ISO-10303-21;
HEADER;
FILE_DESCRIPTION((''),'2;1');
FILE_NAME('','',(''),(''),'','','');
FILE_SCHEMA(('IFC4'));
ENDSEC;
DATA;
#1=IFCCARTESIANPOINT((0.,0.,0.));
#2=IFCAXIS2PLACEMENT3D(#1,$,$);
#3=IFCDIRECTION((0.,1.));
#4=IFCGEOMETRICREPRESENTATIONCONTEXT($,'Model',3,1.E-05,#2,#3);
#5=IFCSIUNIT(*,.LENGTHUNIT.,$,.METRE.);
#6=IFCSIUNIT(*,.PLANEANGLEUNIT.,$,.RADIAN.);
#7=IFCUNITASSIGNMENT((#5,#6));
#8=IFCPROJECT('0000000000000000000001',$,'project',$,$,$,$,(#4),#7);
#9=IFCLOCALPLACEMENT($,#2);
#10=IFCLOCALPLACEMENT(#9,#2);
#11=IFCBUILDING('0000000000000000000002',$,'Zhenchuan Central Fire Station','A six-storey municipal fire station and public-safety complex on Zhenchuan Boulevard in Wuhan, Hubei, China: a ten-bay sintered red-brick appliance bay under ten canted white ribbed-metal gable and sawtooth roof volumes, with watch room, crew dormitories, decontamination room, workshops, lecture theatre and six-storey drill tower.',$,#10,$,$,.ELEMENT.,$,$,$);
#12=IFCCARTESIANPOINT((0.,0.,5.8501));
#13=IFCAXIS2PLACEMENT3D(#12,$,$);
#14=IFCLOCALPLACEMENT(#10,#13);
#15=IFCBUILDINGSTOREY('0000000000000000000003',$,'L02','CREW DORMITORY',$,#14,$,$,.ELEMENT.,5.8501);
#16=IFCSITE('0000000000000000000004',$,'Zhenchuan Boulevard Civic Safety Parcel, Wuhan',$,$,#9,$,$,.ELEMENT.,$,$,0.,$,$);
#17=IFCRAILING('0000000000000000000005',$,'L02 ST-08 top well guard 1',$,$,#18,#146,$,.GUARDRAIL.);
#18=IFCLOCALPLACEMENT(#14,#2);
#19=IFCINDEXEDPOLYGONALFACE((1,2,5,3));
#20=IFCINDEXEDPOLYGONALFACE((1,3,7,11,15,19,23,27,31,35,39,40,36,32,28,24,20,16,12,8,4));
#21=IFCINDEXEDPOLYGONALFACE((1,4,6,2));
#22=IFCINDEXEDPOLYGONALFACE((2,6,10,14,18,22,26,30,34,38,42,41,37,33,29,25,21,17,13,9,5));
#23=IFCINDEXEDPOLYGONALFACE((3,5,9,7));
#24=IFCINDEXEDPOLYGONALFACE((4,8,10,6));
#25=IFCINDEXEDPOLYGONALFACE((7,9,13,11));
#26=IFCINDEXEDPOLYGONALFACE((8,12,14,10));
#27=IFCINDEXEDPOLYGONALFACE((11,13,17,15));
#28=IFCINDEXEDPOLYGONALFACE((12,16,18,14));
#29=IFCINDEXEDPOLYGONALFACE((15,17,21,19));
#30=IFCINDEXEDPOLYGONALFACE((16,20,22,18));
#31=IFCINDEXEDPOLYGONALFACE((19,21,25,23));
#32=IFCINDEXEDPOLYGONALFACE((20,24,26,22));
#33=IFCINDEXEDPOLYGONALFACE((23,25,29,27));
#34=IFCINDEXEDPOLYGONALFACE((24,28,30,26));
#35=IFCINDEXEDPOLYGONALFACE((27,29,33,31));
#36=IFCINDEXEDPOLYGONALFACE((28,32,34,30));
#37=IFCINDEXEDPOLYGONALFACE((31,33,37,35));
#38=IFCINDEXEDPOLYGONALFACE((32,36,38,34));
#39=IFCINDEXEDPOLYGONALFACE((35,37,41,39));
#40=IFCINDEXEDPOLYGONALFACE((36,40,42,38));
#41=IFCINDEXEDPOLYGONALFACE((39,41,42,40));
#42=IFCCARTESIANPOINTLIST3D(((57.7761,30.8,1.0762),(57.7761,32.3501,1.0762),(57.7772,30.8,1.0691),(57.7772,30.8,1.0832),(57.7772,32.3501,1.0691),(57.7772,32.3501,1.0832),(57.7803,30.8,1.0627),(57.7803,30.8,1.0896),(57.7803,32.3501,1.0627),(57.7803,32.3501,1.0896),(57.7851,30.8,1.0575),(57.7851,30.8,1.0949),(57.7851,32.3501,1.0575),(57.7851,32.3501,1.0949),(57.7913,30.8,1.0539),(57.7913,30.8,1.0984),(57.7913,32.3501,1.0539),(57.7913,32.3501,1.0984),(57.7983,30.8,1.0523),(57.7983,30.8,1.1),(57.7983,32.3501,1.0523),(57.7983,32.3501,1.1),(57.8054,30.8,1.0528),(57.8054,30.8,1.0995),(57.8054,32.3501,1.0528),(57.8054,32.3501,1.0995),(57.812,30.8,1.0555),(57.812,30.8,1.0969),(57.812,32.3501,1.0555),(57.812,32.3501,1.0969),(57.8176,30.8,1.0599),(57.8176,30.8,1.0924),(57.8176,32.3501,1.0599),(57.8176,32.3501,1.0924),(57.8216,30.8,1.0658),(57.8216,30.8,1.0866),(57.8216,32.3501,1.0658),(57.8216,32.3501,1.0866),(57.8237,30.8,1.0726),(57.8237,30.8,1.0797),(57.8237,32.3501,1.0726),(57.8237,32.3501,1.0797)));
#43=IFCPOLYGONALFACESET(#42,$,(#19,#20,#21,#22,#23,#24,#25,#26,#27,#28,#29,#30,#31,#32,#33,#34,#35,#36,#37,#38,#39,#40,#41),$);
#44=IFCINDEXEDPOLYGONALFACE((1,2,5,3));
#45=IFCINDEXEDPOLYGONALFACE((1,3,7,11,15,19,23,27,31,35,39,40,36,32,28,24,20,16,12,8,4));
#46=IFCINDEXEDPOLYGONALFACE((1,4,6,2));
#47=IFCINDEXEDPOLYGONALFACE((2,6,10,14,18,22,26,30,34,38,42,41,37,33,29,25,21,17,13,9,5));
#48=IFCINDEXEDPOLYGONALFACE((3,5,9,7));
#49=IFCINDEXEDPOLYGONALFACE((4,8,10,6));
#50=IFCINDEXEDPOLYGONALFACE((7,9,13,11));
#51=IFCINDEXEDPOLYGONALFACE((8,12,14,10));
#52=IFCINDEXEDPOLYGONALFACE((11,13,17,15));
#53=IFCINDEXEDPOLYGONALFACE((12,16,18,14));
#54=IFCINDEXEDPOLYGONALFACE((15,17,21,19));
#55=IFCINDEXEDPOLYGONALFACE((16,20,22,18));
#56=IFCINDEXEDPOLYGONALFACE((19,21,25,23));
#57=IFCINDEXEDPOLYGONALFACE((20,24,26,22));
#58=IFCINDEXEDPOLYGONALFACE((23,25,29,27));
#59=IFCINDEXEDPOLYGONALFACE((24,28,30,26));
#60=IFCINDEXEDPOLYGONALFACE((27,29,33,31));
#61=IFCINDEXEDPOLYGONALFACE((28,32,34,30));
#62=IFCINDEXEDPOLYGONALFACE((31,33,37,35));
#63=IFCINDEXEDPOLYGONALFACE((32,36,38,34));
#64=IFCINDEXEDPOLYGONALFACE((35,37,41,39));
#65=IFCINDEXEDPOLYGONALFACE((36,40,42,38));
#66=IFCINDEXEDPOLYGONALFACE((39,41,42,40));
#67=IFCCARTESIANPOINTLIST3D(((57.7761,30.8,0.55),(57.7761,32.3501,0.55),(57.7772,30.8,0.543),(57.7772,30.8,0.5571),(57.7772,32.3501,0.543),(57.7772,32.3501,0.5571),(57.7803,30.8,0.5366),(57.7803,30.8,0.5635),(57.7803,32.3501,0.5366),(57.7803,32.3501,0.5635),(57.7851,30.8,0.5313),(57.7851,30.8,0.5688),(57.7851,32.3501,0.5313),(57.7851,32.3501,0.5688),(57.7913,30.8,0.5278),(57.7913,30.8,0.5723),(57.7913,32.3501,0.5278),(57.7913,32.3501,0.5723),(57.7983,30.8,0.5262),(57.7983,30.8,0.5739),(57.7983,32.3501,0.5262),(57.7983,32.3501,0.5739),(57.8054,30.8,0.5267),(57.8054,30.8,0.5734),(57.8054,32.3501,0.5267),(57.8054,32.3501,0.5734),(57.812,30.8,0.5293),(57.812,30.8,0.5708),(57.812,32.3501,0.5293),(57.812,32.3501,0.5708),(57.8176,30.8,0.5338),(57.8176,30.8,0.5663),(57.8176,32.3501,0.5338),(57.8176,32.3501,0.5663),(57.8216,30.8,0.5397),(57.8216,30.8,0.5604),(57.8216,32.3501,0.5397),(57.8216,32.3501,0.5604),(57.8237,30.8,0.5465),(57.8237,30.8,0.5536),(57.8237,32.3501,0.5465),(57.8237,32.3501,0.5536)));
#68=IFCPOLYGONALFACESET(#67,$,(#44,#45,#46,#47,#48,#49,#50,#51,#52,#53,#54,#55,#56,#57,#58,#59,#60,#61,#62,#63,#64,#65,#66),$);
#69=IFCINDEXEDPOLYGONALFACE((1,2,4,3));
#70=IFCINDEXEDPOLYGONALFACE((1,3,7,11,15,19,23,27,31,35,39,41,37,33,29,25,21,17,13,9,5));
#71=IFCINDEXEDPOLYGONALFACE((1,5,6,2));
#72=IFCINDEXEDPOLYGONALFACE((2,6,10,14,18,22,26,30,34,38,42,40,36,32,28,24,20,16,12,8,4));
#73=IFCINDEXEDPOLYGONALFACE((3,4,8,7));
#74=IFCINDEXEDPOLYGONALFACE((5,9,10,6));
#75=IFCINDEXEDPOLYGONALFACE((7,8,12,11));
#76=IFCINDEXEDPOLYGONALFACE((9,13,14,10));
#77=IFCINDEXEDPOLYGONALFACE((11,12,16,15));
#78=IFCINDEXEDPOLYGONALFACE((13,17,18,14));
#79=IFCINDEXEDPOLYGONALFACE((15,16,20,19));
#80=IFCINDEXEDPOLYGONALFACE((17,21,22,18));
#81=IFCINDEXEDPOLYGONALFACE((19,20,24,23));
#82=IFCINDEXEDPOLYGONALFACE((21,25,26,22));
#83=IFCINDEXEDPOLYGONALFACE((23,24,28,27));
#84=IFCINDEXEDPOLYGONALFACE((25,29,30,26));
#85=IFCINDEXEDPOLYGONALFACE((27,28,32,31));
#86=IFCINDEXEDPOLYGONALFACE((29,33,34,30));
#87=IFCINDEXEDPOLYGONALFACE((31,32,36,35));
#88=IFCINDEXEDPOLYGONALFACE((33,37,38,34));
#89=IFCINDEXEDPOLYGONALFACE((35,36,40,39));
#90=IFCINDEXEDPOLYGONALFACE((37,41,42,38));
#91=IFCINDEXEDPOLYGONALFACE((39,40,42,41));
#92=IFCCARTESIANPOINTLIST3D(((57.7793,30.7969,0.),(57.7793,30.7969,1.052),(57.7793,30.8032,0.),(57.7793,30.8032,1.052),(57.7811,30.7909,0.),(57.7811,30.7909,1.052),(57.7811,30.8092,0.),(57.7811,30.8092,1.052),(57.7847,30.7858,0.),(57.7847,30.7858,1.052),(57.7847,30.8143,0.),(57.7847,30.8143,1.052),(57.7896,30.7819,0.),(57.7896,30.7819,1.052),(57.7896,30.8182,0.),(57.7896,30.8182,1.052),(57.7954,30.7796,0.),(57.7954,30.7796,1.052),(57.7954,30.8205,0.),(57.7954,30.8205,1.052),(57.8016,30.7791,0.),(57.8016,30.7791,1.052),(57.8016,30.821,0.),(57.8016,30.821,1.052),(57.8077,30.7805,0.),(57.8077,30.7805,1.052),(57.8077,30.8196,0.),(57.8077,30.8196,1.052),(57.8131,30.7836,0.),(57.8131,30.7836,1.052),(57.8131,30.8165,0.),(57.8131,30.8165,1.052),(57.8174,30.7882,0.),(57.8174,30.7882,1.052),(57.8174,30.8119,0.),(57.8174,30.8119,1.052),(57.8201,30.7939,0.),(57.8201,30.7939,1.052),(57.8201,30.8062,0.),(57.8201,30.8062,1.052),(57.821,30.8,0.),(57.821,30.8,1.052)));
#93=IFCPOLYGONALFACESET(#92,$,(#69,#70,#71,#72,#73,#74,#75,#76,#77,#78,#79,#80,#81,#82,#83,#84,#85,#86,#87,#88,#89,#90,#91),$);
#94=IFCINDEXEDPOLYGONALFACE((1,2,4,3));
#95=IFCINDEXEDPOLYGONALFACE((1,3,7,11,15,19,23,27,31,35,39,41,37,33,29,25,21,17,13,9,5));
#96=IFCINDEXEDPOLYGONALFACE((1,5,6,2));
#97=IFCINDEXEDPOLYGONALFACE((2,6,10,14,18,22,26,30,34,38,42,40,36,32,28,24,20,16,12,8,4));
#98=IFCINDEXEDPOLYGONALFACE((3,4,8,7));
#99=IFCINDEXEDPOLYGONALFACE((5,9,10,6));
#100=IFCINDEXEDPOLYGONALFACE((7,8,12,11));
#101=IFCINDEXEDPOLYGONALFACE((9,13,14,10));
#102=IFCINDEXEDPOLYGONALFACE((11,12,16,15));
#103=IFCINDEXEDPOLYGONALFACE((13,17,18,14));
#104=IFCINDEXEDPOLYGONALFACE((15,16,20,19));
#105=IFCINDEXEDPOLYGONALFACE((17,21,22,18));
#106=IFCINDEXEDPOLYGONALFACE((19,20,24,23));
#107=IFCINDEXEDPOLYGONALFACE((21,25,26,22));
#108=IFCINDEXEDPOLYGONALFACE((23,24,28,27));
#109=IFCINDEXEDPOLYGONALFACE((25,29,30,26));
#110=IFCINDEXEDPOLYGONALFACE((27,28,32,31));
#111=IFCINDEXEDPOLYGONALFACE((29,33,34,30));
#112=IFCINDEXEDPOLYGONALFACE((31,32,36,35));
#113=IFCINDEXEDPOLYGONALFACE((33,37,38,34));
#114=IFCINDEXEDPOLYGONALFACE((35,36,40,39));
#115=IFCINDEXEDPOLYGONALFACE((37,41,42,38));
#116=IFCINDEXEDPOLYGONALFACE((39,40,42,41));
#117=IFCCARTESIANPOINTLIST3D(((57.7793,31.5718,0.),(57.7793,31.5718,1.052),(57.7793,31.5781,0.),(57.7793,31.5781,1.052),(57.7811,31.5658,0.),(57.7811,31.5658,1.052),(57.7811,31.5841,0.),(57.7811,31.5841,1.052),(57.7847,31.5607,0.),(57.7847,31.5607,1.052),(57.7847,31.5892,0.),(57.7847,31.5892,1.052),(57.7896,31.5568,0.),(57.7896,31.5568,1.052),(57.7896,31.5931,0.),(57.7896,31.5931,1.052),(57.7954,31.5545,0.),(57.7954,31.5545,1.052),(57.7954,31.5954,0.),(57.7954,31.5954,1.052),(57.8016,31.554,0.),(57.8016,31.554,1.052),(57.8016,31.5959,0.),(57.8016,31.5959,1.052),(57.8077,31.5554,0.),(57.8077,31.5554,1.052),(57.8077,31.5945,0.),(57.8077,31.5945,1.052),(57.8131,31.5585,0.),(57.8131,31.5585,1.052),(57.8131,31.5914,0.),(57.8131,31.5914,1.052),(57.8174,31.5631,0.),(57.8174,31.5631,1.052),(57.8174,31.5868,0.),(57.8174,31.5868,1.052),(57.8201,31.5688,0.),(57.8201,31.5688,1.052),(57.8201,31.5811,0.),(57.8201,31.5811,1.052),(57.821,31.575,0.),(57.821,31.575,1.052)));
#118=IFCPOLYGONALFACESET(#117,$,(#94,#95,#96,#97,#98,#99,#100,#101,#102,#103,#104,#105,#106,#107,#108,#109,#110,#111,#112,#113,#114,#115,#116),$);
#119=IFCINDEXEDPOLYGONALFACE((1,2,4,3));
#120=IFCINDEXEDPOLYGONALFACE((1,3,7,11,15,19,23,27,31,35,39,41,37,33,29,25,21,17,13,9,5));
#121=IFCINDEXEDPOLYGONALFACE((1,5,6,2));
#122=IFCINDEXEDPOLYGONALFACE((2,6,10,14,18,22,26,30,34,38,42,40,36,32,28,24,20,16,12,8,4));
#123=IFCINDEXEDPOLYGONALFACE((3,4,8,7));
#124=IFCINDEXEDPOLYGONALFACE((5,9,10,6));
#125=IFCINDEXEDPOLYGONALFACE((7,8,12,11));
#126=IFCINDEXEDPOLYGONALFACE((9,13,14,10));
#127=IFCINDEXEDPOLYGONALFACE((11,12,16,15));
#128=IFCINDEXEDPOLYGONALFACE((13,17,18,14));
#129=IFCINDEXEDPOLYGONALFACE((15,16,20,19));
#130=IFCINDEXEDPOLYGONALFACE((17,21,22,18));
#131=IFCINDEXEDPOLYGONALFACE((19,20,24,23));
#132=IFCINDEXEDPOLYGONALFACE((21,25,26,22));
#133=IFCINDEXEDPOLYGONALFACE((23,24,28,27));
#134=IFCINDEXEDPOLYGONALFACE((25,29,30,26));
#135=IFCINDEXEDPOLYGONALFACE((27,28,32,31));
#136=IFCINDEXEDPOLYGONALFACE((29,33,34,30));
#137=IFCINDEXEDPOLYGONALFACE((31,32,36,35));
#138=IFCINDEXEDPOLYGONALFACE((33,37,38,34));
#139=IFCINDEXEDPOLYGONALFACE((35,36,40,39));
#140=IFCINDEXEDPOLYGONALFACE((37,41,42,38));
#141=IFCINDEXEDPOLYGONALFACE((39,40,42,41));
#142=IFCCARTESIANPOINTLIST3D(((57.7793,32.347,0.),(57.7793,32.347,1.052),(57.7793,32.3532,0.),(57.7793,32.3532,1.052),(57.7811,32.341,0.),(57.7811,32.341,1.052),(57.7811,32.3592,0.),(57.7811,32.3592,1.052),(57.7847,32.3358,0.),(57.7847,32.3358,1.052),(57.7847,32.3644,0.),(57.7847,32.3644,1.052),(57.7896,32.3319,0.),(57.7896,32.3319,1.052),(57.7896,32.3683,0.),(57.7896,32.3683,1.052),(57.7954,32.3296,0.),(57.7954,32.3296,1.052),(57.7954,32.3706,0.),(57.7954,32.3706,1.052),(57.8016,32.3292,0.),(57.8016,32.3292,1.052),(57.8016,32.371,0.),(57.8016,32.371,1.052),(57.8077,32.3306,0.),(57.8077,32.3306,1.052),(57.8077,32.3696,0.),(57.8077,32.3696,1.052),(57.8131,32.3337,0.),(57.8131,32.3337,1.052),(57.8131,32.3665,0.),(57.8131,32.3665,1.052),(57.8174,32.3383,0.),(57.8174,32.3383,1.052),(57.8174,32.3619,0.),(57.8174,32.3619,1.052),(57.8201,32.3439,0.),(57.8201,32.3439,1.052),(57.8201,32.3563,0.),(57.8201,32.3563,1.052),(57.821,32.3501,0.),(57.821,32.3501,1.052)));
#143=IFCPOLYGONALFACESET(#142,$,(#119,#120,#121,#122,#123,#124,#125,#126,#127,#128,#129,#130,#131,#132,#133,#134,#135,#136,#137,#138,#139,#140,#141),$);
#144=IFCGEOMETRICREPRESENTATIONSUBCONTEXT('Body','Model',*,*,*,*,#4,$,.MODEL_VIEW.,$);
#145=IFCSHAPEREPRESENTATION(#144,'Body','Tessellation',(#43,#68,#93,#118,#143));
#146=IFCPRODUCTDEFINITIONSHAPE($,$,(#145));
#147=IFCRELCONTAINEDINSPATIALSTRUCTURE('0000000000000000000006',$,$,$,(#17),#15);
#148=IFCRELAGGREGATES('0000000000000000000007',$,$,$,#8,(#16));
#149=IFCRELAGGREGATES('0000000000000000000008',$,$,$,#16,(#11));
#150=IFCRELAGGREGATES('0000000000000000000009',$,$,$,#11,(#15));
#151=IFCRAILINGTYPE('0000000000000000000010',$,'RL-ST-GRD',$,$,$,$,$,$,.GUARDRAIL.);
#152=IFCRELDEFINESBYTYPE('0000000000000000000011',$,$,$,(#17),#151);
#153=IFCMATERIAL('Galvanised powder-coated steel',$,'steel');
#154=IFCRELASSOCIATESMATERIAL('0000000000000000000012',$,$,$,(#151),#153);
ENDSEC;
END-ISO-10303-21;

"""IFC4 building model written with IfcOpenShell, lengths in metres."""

from ifc_helpers import new_model, si_unit, direction, frame, origin, origin_2d, place, context, subcontext, project, spatial, circle, extrude, material, type_object, element, save


model = new_model("IFC4")

# Units and contexts
model_context = context("Model", 3, precision=1e-05, world=origin(), true_north=direction((0.0, 1.0)))
body_context = subcontext(model_context, "Body", "Model", "MODEL_VIEW")
ifc_project = project(units=[si_unit("LENGTHUNIT", "METRE"), si_unit("PLANEANGLEUNIT", "RADIAN")], contexts=[model_context])

# Site, building, storey
site_placement = place(None, origin())
site = spatial("IfcSite", under=ifc_project, at=site_placement, Name="Zhenchuan Boulevard Civic Safety Parcel, Wuhan", CompositionType="ELEMENT", RefElevation=0.0)
building_placement = place(site_placement, origin())
building = spatial("IfcBuilding", under=site, at=building_placement, Name="Zhenchuan Central Fire Station", Description="A six-storey municipal fire station and public-safety complex on Zhenchuan Boulevard in Wuhan, Hubei, China: a ten-bay sintered red-brick appliance bay under ten canted white ribbed-metal gable and sawtooth roof volumes, with watch room, crew dormitories, decontamination room, workshops, lecture theatre and six-storey drill tower.", CompositionType="ELEMENT")
storey_placement = place(building_placement, frame((0.0, 0.0, 5.8501)))
storey = spatial("IfcBuildingStorey", under=building, at=storey_placement, Name="L02", Description="CREW DORMITORY", CompositionType="ELEMENT", Elevation=5.8501)

# Railing
ifc_material_1 = material(Name="Galvanised powder-coated steel", Category="steel")
railing_type = type_object("IfcRailingType", Name="RL-ST-GRD", PredefinedType="GUARDRAIL", material=ifc_material_1)
railing_placement = place(storey_placement, frame((57.8, 30.8, 0.0)))
element("IfcRailing", 1, at=railing_placement, inside=storey, type_object=railing_type, Name="L02 ST-08 top well guard 1", PredefinedType="GUARDRAIL", context=body_context, shape_type="SweptSolid", body=[
    extrude(circle(Radius=0.0239, at=origin_2d()), frame((0.0, 0.0, 1.0762), z_axis=(0.0, 1.0, 0.0), x_axis=(-1.0, 0.0, 0.0)), (0.0, 0.0, 1.0), 1.55),
    extrude(circle(Radius=0.0239, at=origin_2d()), frame((0.0, 0.0, 0.55), z_axis=(0.0, 1.0, 0.0), x_axis=(-1.0, 0.0, 0.0)), (0.0, 0.0, 1.0), 1.55),
    extrude(circle(Radius=0.021, at=origin_2d()), origin(), (0.0, 0.0, 1.0), 1.052),
    extrude(circle(Radius=0.021, at=origin_2d()), frame((0.0, 0.7749, 0.0)), (0.0, 0.0, 1.0), 1.052),
    extrude(circle(Radius=0.021, at=origin_2d()), frame((0.0, 1.55, 0.0)), (0.0, 0.0, 1.0), 1.052),
])

save(model, "model.ifc")
